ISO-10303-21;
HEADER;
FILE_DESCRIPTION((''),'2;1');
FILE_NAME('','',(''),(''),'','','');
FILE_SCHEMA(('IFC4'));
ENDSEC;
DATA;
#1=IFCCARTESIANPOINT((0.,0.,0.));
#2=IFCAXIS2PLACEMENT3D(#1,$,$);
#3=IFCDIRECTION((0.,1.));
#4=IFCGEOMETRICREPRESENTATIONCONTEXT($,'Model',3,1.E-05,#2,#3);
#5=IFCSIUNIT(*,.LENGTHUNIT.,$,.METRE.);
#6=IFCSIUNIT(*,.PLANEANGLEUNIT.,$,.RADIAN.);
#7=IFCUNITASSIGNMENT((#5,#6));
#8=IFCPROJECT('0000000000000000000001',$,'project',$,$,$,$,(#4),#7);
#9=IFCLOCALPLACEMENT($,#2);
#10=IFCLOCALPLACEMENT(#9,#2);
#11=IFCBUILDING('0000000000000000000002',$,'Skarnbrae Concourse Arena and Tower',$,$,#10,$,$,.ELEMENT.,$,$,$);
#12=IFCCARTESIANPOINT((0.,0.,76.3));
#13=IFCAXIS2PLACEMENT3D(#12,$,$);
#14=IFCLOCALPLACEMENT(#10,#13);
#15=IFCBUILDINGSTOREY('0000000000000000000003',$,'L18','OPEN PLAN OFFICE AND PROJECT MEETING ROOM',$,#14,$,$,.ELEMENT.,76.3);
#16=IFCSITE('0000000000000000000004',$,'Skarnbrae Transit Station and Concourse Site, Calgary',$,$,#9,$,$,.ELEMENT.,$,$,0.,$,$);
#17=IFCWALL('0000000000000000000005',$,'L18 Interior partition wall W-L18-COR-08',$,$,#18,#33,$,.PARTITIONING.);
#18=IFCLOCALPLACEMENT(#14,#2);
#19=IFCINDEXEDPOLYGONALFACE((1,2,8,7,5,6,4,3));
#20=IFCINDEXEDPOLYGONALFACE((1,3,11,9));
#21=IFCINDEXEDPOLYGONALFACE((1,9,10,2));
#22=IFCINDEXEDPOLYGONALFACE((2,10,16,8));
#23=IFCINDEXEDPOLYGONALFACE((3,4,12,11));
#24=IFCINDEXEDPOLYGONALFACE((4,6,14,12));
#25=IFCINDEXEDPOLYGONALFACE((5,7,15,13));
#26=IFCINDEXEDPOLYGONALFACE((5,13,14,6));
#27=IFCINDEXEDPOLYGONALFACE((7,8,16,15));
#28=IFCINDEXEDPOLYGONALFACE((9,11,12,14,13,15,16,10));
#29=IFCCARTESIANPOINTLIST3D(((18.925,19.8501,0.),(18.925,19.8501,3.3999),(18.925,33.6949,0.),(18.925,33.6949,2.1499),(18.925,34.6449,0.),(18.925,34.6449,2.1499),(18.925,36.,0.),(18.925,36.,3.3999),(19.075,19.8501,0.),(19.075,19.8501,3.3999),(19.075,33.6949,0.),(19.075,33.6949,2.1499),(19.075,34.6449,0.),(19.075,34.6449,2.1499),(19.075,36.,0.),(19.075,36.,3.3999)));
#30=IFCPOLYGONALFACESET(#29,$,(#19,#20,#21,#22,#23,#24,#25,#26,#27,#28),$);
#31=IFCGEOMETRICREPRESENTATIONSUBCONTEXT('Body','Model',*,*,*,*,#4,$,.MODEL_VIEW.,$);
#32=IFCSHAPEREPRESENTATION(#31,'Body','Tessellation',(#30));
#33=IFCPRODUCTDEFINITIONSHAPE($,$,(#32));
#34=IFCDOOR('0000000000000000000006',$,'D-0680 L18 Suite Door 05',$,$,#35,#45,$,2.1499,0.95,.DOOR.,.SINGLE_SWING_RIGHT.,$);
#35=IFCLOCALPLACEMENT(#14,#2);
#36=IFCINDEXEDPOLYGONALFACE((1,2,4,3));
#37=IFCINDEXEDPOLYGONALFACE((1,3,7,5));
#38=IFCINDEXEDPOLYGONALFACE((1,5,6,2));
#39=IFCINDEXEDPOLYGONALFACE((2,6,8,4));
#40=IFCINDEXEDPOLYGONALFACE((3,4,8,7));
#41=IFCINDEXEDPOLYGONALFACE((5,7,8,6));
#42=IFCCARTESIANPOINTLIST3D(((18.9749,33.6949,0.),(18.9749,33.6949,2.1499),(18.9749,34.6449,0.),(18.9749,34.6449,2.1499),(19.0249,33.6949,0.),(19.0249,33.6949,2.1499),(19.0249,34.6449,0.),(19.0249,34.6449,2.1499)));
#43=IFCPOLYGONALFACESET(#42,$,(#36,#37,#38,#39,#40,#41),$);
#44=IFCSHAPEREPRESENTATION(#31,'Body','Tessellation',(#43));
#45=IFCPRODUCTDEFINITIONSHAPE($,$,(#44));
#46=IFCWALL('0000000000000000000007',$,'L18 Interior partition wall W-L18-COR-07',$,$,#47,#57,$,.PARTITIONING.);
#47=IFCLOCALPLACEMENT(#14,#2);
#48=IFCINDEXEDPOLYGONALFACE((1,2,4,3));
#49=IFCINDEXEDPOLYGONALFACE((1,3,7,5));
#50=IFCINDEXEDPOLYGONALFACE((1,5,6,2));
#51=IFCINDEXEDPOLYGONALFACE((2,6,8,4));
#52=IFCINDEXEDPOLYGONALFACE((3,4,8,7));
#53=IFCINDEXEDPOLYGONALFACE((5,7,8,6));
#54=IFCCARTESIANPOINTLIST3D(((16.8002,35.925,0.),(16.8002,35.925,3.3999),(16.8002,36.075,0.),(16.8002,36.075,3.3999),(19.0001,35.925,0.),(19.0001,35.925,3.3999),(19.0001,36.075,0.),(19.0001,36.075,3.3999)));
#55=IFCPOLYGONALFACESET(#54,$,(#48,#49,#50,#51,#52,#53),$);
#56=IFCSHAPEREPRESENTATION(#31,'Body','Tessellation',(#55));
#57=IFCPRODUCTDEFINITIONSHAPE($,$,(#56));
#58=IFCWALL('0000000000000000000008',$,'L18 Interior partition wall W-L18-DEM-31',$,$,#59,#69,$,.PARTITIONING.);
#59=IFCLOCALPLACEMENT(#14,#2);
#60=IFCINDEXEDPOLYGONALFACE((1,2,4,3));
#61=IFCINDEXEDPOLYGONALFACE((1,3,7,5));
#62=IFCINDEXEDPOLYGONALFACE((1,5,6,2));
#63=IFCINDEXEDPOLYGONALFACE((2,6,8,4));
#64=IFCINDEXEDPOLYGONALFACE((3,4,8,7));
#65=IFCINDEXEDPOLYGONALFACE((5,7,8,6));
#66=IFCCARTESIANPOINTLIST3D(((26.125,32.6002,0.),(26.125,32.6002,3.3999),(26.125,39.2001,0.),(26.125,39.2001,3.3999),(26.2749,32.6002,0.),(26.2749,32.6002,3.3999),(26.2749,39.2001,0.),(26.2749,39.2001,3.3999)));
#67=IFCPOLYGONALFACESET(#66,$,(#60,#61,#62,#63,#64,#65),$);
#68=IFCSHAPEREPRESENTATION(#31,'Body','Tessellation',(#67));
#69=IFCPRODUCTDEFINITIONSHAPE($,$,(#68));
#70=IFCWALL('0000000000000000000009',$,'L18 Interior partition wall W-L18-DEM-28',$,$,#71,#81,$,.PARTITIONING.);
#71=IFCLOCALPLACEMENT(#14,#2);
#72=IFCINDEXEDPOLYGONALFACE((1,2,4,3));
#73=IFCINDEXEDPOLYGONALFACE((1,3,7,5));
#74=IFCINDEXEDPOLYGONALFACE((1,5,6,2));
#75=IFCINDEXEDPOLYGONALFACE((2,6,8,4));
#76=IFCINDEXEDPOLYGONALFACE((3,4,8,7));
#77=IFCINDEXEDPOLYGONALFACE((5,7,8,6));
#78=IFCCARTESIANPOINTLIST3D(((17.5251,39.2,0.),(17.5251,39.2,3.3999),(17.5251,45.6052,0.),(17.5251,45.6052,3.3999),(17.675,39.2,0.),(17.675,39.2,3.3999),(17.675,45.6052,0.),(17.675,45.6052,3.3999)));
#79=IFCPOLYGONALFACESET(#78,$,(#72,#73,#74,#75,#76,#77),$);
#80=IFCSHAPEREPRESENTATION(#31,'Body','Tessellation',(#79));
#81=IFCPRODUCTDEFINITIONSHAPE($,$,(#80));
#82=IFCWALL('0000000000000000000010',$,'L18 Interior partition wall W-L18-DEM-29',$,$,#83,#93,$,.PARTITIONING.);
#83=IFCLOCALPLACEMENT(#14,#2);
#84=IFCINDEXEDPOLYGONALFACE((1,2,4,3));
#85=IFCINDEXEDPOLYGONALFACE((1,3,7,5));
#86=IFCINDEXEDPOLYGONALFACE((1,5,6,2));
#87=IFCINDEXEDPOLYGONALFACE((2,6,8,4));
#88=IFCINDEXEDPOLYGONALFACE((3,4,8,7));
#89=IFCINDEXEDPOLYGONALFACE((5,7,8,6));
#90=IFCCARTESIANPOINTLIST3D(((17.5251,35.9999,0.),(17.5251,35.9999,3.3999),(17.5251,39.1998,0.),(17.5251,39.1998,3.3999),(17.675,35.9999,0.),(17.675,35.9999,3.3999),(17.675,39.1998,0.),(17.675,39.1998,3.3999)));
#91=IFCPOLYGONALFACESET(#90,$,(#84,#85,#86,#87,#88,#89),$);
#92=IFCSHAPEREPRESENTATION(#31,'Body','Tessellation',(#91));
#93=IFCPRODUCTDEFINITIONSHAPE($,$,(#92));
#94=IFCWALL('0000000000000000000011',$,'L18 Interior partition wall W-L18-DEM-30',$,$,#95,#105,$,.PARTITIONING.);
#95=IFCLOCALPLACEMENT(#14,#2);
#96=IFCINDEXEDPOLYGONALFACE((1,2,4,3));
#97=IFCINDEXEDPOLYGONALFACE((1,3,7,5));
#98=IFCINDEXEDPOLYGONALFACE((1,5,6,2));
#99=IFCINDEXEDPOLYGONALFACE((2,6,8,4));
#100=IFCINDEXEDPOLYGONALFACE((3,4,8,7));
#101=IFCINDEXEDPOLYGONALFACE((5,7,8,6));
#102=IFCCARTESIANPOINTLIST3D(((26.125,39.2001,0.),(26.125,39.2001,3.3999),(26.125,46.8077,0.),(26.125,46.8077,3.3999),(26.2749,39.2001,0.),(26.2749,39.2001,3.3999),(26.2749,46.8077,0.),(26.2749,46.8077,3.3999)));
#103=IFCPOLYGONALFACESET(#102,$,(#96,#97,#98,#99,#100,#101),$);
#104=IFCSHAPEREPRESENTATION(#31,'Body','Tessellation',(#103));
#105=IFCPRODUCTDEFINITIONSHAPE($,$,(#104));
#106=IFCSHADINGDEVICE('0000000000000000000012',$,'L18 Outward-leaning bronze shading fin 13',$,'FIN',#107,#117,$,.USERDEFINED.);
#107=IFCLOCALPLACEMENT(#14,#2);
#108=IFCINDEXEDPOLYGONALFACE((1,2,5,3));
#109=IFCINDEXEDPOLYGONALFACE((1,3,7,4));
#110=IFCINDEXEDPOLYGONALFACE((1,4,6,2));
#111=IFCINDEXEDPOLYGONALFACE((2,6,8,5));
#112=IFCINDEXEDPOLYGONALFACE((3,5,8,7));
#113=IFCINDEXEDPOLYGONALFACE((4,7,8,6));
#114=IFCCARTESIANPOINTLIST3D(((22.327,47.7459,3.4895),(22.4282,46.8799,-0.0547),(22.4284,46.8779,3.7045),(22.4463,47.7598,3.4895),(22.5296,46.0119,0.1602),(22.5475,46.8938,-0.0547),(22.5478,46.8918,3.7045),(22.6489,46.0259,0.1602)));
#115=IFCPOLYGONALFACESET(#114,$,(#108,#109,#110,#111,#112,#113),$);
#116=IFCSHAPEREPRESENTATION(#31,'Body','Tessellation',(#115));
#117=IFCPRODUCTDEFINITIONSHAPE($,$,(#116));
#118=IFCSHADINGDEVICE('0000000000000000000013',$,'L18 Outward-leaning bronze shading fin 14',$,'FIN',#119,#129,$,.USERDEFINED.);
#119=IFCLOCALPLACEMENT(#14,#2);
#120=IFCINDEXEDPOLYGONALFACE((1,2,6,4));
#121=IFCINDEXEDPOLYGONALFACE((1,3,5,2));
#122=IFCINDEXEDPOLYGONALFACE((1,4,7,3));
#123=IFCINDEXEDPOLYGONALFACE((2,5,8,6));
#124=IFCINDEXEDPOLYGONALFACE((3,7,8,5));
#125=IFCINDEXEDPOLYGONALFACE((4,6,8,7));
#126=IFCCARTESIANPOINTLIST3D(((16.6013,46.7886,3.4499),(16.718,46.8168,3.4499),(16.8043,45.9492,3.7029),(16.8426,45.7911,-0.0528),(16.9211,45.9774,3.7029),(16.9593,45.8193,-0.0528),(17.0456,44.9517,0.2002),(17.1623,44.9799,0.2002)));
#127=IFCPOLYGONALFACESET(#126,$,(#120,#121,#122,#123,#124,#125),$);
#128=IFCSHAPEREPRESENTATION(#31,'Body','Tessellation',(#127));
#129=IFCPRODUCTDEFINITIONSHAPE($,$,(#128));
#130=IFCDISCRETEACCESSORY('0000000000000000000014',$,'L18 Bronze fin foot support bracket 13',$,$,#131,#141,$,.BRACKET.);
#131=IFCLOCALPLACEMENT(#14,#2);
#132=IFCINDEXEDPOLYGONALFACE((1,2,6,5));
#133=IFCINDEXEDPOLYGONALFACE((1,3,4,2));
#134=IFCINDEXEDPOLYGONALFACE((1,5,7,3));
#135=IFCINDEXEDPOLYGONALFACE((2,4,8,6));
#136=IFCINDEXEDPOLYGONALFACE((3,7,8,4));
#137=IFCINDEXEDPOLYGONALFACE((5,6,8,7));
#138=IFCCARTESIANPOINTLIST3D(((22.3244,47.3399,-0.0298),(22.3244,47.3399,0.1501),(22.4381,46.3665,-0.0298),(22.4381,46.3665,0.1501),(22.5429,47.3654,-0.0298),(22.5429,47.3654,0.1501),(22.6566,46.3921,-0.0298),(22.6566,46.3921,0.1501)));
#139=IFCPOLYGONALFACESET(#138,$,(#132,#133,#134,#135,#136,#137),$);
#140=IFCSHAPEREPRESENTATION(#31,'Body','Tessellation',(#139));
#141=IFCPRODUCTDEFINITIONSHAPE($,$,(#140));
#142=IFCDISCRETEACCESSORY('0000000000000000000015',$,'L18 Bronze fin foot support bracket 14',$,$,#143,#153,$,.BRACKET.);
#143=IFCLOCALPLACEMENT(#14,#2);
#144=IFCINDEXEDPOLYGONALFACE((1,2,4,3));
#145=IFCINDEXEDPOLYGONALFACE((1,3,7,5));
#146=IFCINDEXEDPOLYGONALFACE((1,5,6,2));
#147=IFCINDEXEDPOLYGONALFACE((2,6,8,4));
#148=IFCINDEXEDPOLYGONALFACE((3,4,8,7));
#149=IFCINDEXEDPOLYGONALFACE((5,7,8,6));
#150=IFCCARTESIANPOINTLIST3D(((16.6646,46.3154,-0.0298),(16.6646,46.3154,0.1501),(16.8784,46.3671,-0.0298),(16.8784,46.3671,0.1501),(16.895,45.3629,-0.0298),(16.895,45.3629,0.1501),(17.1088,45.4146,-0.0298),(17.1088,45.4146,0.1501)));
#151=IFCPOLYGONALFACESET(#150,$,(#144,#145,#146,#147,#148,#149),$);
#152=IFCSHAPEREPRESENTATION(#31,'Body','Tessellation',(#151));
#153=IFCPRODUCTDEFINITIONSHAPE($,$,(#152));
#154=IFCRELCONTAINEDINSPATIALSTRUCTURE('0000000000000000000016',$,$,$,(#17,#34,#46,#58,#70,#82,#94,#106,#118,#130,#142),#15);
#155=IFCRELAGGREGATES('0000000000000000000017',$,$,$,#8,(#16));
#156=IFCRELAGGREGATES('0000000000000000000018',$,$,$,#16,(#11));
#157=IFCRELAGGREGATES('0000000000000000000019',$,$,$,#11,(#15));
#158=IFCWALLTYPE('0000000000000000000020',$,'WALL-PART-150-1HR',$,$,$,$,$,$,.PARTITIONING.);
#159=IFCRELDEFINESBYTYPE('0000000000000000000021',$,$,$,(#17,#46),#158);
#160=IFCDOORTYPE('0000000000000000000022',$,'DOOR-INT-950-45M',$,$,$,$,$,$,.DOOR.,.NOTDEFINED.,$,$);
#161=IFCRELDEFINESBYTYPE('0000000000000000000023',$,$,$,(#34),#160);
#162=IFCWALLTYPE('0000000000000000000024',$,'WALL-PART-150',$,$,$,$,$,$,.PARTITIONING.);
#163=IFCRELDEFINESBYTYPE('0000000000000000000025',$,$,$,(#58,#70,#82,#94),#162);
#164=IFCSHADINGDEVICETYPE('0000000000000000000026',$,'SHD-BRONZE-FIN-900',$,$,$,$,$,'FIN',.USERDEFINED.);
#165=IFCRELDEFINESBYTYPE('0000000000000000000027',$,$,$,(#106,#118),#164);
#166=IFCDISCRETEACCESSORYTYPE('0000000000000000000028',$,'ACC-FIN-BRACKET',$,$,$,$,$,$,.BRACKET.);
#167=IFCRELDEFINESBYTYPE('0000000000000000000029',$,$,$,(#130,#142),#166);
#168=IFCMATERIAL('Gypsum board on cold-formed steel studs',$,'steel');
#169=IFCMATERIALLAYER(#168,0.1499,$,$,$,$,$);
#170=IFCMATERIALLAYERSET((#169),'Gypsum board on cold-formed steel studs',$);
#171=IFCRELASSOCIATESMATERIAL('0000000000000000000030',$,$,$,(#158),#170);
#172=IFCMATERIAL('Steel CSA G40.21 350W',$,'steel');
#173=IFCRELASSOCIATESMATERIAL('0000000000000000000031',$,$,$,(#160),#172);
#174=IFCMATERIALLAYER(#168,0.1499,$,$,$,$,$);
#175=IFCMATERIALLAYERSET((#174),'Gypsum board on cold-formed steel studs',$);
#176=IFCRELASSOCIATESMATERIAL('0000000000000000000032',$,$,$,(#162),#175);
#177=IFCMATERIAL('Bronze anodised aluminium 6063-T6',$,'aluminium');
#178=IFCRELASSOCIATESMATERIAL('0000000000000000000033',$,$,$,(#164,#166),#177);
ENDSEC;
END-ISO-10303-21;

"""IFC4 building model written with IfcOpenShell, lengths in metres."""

from ifc_helpers import new_model, si_unit, direction, frame, frame_2d, origin, origin_2d, place, context, subcontext, project, spatial, rectangle, extrude, source, transform, mapped, material, layer, layer_set, type_object, element, fill, save


model = new_model("IFC4")

# Units and contexts
model_context = context("Model", 3, precision=1e-05, world=origin(), true_north=direction((0.0, 1.0)))
body_context = subcontext(model_context, "Body", "Model", "MODEL_VIEW")
ifc_project = project(units=[si_unit("LENGTHUNIT", "METRE"), si_unit("PLANEANGLEUNIT", "RADIAN")], contexts=[model_context])

# Site, building, storey
site_placement = place(None, origin())
site = spatial("IfcSite", under=ifc_project, at=site_placement, Name="Skarnbrae Transit Station and Concourse Site, Calgary", CompositionType="ELEMENT", RefElevation=0.0)
building_placement = place(site_placement, origin())
building = spatial("IfcBuilding", under=site, at=building_placement, Name="Skarnbrae Concourse Arena and Tower", CompositionType="ELEMENT")
storey_placement = place(building_placement, frame((0.0, 0.0, 76.3)))
storey = spatial("IfcBuildingStorey", under=building, at=storey_placement, Name="L18", Description="OPEN PLAN OFFICE AND PROJECT MEETING ROOM", CompositionType="ELEMENT", Elevation=76.3)

# Shared definitions
ifc_material_1 = material(Name="Steel CSA G40.21 350W", Category="steel")

# Shared definitions
ifc_material_2 = material(Name="Bronze anodised aluminium 6063-T6", Category="aluminium")

# Wall, opening, door
ifc_material_3 = material(Name="Gypsum board on cold-formed steel studs", Category="steel")
ifc_layer_1 = layer(ifc_material_3, 0.1499)
ifc_layer_set_1 = layer_set([ifc_layer_1], Name="Gypsum board on cold-formed steel studs")
wall_type_1 = type_object("IfcWallType", Name="WALL-PART-150-1HR", PredefinedType="PARTITIONING", material=ifc_layer_set_1)
shared_shape_1 = source(origin(), body_context, "Body", "SweptSolid", [
    extrude(rectangle(XDim=16.1499, YDim=0.1499, at=frame_2d((8.075, 0.0))), origin(), (0.0, 0.0, 1.0), 3.3999),
])
wall_1_placement = place(storey_placement, frame((19.0, 36.0, 0.0), z_axis=(0.0, 0.0, 1.0), x_axis=(0.0, -1.0, 0.0)))
wall_1 = element("IfcWall", 1, at=wall_1_placement, inside=storey, type_object=wall_type_1, Name="L18 Interior partition wall W-L18-COR-08", PredefinedType="PARTITIONING", context=body_context, shape_type="MappedRepresentation", body=[
    mapped(shared_shape_1, transform((0.0, 0.0, 0.0))),
])
opening_placement = place(wall_1_placement, frame((1.355, 0.0, 0.0)))
opening = element("IfcOpeningElement", 2, at=opening_placement, cuts=wall_1, PredefinedType="OPENING", context=body_context, shape_type="SweptSolid", body=[
    extrude(rectangle(XDim=0.95, YDim=2.1499, at=frame_2d((0.4751, 1.075))), frame((0.0, 0.085, 0.0), z_axis=(0.0, -1.0, 0.0), x_axis=(1.0, 0.0, 0.0)), (0.0, 0.0, 1.0), 0.1699),
])
door_type = type_object("IfcDoorType", Name="DOOR-INT-950-45M", OperationType="NOTDEFINED", PredefinedType="DOOR", material=ifc_material_1)
shared_shape_2 = source(origin(), body_context, "Body", "SweptSolid", [
    extrude(rectangle(XDim=0.95, YDim=2.1499, at=frame_2d((0.4751, 1.075))), frame((0.0, 0.0249, 0.0), z_axis=(0.0, -1.0, 0.0), x_axis=(1.0, 0.0, 0.0)), (0.0, 0.0, 1.0), 0.05),
])
door_placement = place(opening_placement, origin())
door = element("IfcDoor", 3, at=door_placement, inside=storey, type_object=door_type, Name="D-0680 L18 Suite Door 05", OperationType="SINGLE_SWING_RIGHT", OverallHeight=2.1499, OverallWidth=0.95, PredefinedType="DOOR", context=body_context, shape_type="MappedRepresentation", body=[
    mapped(shared_shape_2, transform((0.0, 0.0, 0.0))),
])
fill(opening, door)

# Walls
shared_shape_3 = source(origin(), body_context, "Body", "SweptSolid", [
    extrude(rectangle(XDim=2.2, YDim=0.1499, at=frame_2d((1.1001, 0.0))), origin(), (0.0, 0.0, 1.0), 3.3999),
])
wall_2_placement = place(storey_placement, frame((16.8, 36.0, 0.0), z_axis=(0.0, 0.0, 1.0), x_axis=(1.0, 0.0, 0.0)))
element("IfcWall", 4, at=wall_2_placement, inside=storey, type_object=wall_type_1, Name="L18 Interior partition wall W-L18-COR-07", PredefinedType="PARTITIONING", context=body_context, shape_type="MappedRepresentation", body=[
    mapped(shared_shape_3, transform((0.0, 0.0, 0.0))),
])
ifc_layer_2 = layer(ifc_material_3, 0.1499)
ifc_layer_set_2 = layer_set([ifc_layer_2], Name="Gypsum board on cold-formed steel studs")
wall_type_2 = type_object("IfcWallType", Name="WALL-PART-150", PredefinedType="PARTITIONING", material=ifc_layer_set_2)
shared_shape_4 = source(origin(), body_context, "Body", "SweptSolid", [
    extrude(rectangle(XDim=6.5999, YDim=0.1499, at=frame_2d((3.2998, 0.0))), origin(), (0.0, 0.0, 1.0), 3.3999),
])
wall_3_placement = place(storey_placement, frame((26.2, 39.2, 0.0), z_axis=(0.0, 0.0, 1.0), x_axis=(0.0, -1.0, 0.0)))
element("IfcWall", 5, at=wall_3_placement, inside=storey, type_object=wall_type_2, Name="L18 Interior partition wall W-L18-DEM-31", PredefinedType="PARTITIONING", context=body_context, shape_type="MappedRepresentation", body=[
    mapped(shared_shape_4, transform((0.0, 0.0, 0.0))),
])
shared_shape_5 = source(origin(), body_context, "Body", "SweptSolid", [
    extrude(rectangle(XDim=6.4053, YDim=0.1499, at=frame_2d((3.2026, 0.0))), origin(), (0.0, 0.0, 1.0), 3.3999),
])
wall_4_placement = place(storey_placement, frame((17.6001, 45.6052, 0.0), z_axis=(0.0, 0.0, 1.0), x_axis=(0.0, -1.0, 0.0)))
element("IfcWall", 6, at=wall_4_placement, inside=storey, type_object=wall_type_2, Name="L18 Interior partition wall W-L18-DEM-28", PredefinedType="PARTITIONING", context=body_context, shape_type="MappedRepresentation", body=[
    mapped(shared_shape_5, transform((0.0, 0.0, 0.0))),
])
shared_shape_6 = source(origin(), body_context, "Body", "SweptSolid", [
    extrude(rectangle(XDim=3.2, YDim=0.1499, at=frame_2d((1.6001, 0.0))), origin(), (0.0, 0.0, 1.0), 3.3999),
])
wall_5_placement = place(storey_placement, frame((17.6001, 39.2, 0.0), z_axis=(0.0, 0.0, 1.0), x_axis=(0.0, -1.0, 0.0)))
element("IfcWall", 7, at=wall_5_placement, inside=storey, type_object=wall_type_2, Name="L18 Interior partition wall W-L18-DEM-29", PredefinedType="PARTITIONING", context=body_context, shape_type="MappedRepresentation", body=[
    mapped(shared_shape_6, transform((0.0, 0.0, 0.0))),
])
shared_shape_7 = source(origin(), body_context, "Body", "SweptSolid", [
    extrude(rectangle(XDim=7.6077, YDim=0.1499, at=frame_2d((3.8037, 0.0))), origin(), (0.0, 0.0, 1.0), 3.3999),
])
wall_6_placement = place(storey_placement, frame((26.2, 46.8076, 0.0), z_axis=(0.0, 0.0, 1.0), x_axis=(0.0, -1.0, 0.0)))
element("IfcWall", 8, at=wall_6_placement, inside=storey, type_object=wall_type_2, Name="L18 Interior partition wall W-L18-DEM-30", PredefinedType="PARTITIONING", context=body_context, shape_type="MappedRepresentation", body=[
    mapped(shared_shape_7, transform((0.0, 0.0, 0.0))),
])

# Shading devices
shading_device_type = type_object("IfcShadingDeviceType", Name="SHD-BRONZE-FIN-900", ElementType="FIN", PredefinedType="USERDEFINED", material=ifc_material_2)
shared_shape_8 = source(origin(), body_context, "Body", "SweptSolid", [
    extrude(rectangle(XDim=0.1201, YDim=0.8999, at=origin_2d()), origin(), (0.0, 0.0, 1.0), 3.6499),
])
for number, where, z_axis, x_axis, name in (
    (9, (22.5386, 46.4529, 0.0527), (-0.02772, 0.237259, 0.971051), (0.993244, 0.116047, 0.0), "L18 Outward-leaning bronze shading fin 13"),
    (10, (17.0024, 45.3855, 0.0737), (-0.0661, 0.273289, 0.959658), (0.971973, 0.235091, 0.0), "L18 Outward-leaning bronze shading fin 14"),
):
    element("IfcShadingDevice", number, at=place(storey_placement, frame(where, z_axis=z_axis, x_axis=x_axis)), inside=storey, type_object=shading_device_type, Name=name, ObjectType="FIN", PredefinedType="USERDEFINED", context=body_context, shape_type="MappedRepresentation", body=[
        mapped(shared_shape_8, transform((0.0, 0.0, 0.0))),
    ])

# Discrete accessories
discrete_accessory_type = type_object("IfcDiscreteAccessoryType", Name="ACC-FIN-BRACKET", PredefinedType="BRACKET", material=ifc_material_2)
shared_shape_9 = source(origin(), body_context, "Body", "SweptSolid", [
    extrude(rectangle(XDim=0.22, YDim=0.98, at=origin_2d()), origin(), (0.0, 0.0, 1.0), 0.1799),
])
for number, where, z_axis, x_axis, name in (
    (11, (22.4905, 46.866, -0.0298), (0.0, 0.0, 1.0), (0.993244, 0.116047, 0.0), "L18 Bronze fin foot support bracket 13"),
    (12, (16.8867, 45.865, -0.0298), (0.0, 0.0, 1.0), (0.971973, 0.235091, 0.0), "L18 Bronze fin foot support bracket 14"),
):
    element("IfcDiscreteAccessory", number, at=place(storey_placement, frame(where, z_axis=z_axis, x_axis=x_axis)), inside=storey, type_object=discrete_accessory_type, Name=name, PredefinedType="BRACKET", context=body_context, shape_type="MappedRepresentation", body=[
        mapped(shared_shape_9, transform((0.0, 0.0, 0.0))),
    ])

save(model, "model.ifc")
